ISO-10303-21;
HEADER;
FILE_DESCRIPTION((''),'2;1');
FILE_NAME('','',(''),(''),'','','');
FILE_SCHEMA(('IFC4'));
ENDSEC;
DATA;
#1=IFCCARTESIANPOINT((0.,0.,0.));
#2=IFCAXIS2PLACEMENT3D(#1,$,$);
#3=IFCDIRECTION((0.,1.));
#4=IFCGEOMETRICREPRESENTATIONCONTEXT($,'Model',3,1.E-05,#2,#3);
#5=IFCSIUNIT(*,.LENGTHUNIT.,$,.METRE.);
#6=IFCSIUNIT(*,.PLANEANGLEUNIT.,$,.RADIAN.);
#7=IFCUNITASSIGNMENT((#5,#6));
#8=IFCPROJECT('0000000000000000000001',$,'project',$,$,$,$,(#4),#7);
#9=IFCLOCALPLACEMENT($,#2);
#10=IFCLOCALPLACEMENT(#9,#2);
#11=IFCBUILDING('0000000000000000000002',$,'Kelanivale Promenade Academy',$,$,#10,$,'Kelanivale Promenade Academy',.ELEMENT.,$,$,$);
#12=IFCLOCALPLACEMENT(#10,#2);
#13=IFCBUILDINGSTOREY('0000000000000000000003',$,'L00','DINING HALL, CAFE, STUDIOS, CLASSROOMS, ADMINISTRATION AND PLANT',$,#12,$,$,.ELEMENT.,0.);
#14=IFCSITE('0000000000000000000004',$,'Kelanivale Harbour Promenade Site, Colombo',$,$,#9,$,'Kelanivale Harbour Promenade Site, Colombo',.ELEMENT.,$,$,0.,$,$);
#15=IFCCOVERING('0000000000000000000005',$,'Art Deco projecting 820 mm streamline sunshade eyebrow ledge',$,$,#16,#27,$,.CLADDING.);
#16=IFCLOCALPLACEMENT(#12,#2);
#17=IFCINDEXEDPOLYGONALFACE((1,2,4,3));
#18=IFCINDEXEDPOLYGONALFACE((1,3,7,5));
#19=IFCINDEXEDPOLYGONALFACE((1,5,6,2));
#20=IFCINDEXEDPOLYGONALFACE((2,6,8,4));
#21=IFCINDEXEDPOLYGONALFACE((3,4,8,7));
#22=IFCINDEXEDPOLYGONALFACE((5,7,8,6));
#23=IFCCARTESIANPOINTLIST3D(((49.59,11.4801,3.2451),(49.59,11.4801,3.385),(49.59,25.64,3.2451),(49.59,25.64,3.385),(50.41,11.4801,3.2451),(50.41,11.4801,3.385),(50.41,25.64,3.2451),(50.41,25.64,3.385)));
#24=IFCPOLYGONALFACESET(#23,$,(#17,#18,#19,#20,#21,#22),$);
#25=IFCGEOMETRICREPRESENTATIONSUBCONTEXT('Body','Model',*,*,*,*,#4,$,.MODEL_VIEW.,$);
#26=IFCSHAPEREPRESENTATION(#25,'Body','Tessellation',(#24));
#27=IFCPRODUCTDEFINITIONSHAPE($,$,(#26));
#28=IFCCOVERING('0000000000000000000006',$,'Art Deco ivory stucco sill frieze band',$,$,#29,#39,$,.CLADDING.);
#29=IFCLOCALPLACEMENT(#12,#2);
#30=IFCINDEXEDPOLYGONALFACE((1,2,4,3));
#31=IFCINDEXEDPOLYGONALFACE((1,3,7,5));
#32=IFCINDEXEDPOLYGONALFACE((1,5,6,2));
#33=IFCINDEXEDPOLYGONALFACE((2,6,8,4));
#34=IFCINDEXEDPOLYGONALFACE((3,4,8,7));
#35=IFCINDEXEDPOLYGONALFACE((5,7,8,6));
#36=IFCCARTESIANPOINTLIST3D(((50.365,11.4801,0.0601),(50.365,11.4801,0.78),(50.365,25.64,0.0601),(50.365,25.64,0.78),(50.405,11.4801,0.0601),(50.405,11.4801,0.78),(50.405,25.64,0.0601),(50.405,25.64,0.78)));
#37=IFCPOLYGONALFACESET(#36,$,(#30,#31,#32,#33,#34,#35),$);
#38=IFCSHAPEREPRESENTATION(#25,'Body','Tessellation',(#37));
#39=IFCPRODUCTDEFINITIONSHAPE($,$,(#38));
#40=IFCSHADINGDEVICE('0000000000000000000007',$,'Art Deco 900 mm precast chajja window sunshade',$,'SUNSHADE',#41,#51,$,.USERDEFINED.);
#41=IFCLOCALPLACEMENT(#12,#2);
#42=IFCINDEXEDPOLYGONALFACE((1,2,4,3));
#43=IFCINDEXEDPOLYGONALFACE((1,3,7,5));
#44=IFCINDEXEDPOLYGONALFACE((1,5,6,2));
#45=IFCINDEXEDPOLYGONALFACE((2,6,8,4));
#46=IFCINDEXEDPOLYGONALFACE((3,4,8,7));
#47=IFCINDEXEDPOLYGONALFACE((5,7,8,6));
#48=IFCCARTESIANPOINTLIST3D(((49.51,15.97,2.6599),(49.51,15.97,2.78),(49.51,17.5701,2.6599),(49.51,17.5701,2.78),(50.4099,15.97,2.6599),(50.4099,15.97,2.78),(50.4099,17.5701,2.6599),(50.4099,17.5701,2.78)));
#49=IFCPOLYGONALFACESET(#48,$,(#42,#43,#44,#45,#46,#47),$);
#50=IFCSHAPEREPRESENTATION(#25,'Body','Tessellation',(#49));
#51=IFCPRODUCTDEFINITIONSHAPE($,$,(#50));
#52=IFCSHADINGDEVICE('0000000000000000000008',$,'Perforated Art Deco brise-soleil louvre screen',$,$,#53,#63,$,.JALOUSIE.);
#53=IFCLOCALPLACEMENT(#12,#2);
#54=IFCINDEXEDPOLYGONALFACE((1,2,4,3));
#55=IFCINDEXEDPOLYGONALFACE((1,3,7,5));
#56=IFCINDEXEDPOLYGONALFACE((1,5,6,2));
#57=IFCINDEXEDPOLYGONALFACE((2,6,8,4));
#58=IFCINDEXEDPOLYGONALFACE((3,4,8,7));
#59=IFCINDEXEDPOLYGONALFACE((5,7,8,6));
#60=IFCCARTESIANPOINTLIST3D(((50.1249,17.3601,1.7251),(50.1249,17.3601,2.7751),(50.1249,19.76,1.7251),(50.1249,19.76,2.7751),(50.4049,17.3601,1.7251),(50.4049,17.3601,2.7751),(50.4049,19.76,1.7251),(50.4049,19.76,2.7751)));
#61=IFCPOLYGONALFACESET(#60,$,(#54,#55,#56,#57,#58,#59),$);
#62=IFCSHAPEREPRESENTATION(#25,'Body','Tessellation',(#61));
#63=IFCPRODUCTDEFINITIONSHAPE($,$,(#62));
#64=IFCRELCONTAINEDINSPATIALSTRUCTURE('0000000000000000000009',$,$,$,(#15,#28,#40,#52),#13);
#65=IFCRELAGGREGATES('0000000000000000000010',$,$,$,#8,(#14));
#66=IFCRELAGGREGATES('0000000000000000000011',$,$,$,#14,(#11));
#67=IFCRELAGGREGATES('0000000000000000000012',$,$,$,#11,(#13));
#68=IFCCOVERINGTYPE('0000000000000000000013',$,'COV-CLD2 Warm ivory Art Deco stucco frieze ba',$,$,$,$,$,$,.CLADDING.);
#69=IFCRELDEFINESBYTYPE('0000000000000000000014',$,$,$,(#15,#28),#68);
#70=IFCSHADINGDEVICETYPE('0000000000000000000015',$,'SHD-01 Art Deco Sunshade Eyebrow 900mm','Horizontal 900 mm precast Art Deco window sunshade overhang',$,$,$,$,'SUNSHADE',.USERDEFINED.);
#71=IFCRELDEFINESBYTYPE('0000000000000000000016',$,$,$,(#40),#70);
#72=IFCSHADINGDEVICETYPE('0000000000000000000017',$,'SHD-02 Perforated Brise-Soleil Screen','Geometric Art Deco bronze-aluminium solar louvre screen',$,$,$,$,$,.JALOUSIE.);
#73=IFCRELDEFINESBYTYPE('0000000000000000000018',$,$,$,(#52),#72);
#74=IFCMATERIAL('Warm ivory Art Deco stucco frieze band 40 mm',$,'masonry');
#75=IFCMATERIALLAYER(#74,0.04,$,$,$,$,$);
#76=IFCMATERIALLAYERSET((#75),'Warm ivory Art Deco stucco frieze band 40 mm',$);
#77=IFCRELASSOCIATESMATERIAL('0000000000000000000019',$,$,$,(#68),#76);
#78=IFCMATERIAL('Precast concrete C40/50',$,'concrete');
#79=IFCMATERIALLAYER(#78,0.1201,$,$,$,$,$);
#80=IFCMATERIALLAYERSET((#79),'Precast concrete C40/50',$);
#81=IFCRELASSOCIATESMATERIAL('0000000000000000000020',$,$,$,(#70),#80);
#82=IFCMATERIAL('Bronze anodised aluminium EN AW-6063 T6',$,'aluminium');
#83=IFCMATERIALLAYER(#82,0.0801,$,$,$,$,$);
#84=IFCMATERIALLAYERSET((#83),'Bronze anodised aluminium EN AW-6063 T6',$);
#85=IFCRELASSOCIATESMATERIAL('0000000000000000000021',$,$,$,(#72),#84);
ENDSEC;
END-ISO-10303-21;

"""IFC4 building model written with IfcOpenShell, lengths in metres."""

from ifc_helpers import new_model, si_unit, direction, frame, origin, origin_2d, place, context, subcontext, project, spatial, rectangle, extrude, material, layer, layer_set, type_object, element, save


model = new_model("IFC4")

# Units and contexts
model_context = context("Model", 3, precision=1e-05, world=origin(), true_north=direction((0.0, 1.0)))
body_context = subcontext(model_context, "Body", "Model", "MODEL_VIEW")
ifc_project = project(units=[si_unit("LENGTHUNIT", "METRE"), si_unit("PLANEANGLEUNIT", "RADIAN")], contexts=[model_context])

# Site, building, storey
site_placement = place(None, origin())
site = spatial("IfcSite", under=ifc_project, at=site_placement, Name="Kelanivale Harbour Promenade Site, Colombo", LongName="Kelanivale Harbour Promenade Site, Colombo", CompositionType="ELEMENT", RefElevation=0.0)
building_placement = place(site_placement, origin())
building = spatial("IfcBuilding", under=site, at=building_placement, Name="Kelanivale Promenade Academy", LongName="Kelanivale Promenade Academy", CompositionType="ELEMENT")
storey_placement = place(building_placement, origin())
storey = spatial("IfcBuildingStorey", under=building, at=storey_placement, Name="L00", Description="DINING HALL, CAFE, STUDIOS, CLASSROOMS, ADMINISTRATION AND PLANT", CompositionType="ELEMENT", Elevation=0.0)

# Coverings
ifc_material_1 = material(Name="Warm ivory Art Deco stucco frieze band 40 mm", Category="masonry")
ifc_layer_1 = layer(ifc_material_1, 0.04)
ifc_layer_set_1 = layer_set([ifc_layer_1], Name="Warm ivory Art Deco stucco frieze band 40 mm")
covering_type = type_object("IfcCoveringType", Name="COV-CLD2 Warm ivory Art Deco stucco frieze ba", PredefinedType="CLADDING", material=ifc_layer_set_1)
covering_1_placement = place(storey_placement, frame((50.0, 18.5601, 3.2451), z_axis=(0.0, 0.0, 1.0), x_axis=(0.0, -1.0, 0.0)))
element("IfcCovering", 1, at=covering_1_placement, inside=storey, type_object=covering_type, Name="Art Deco projecting 820 mm streamline sunshade eyebrow ledge", PredefinedType="CLADDING", context=body_context, shape_type="SweptSolid", body=[
    extrude(rectangle(XDim=14.1599, YDim=0.8201, at=origin_2d()), origin(), (0.0, 0.0, 1.0), 0.1399),
])
covering_2_placement = place(storey_placement, frame((50.385, 18.5601, 0.0601), z_axis=(0.0, 0.0, 1.0), x_axis=(0.0, -1.0, 0.0)))
element("IfcCovering", 2, at=covering_2_placement, inside=storey, type_object=covering_type, Name="Art Deco ivory stucco sill frieze band", PredefinedType="CLADDING", context=body_context, shape_type="SweptSolid", body=[
    extrude(rectangle(XDim=14.1599, YDim=0.04, at=origin_2d()), origin(), (0.0, 0.0, 1.0), 0.72),
])

# Shading devices
ifc_material_2 = material(Name="Precast concrete C40/50", Category="concrete")
ifc_layer_2 = layer(ifc_material_2, 0.1201)
ifc_layer_set_2 = layer_set([ifc_layer_2], Name="Precast concrete C40/50")
shading_device_type_1 = type_object("IfcShadingDeviceType", Name="SHD-01 Art Deco Sunshade Eyebrow 900mm", Description="Horizontal 900 mm precast Art Deco window sunshade overhang", ElementType="SUNSHADE", PredefinedType="USERDEFINED", material=ifc_layer_set_2)
shading_device_1_placement = place(storey_placement, frame((49.96, 16.77, 2.6599), z_axis=(0.0, 0.0, 1.0), x_axis=(0.0, -1.0, 0.0)))
element("IfcShadingDevice", 3, at=shading_device_1_placement, inside=storey, type_object=shading_device_type_1, Name="Art Deco 900 mm precast chajja window sunshade", ObjectType="SUNSHADE", PredefinedType="USERDEFINED", context=body_context, shape_type="SweptSolid", body=[
    extrude(rectangle(XDim=1.6001, YDim=0.8999, at=origin_2d()), origin(), (0.0, 0.0, 1.0), 0.1201),
])
ifc_material_3 = material(Name="Bronze anodised aluminium EN AW-6063 T6", Category="aluminium")
ifc_layer_3 = layer(ifc_material_3, 0.0801)
ifc_layer_set_3 = layer_set([ifc_layer_3], Name="Bronze anodised aluminium EN AW-6063 T6")
shading_device_type_2 = type_object("IfcShadingDeviceType", Name="SHD-02 Perforated Brise-Soleil Screen", Description="Geometric Art Deco bronze-aluminium solar louvre screen", PredefinedType="JALOUSIE", material=ifc_layer_set_3)
shading_device_2_placement = place(storey_placement, frame((50.2649, 18.5601, 1.7251), z_axis=(0.0, 0.0, 1.0), x_axis=(0.0, -1.0, 0.0)))
element("IfcShadingDevice", 4, at=shading_device_2_placement, inside=storey, type_object=shading_device_type_2, Name="Perforated Art Deco brise-soleil louvre screen", PredefinedType="JALOUSIE", context=body_context, shape_type="SweptSolid", body=[
    extrude(rectangle(XDim=2.3999, YDim=0.28, at=origin_2d()), origin(), (0.0, 0.0, 1.0), 1.05),
])

save(model, "model.ifc")
